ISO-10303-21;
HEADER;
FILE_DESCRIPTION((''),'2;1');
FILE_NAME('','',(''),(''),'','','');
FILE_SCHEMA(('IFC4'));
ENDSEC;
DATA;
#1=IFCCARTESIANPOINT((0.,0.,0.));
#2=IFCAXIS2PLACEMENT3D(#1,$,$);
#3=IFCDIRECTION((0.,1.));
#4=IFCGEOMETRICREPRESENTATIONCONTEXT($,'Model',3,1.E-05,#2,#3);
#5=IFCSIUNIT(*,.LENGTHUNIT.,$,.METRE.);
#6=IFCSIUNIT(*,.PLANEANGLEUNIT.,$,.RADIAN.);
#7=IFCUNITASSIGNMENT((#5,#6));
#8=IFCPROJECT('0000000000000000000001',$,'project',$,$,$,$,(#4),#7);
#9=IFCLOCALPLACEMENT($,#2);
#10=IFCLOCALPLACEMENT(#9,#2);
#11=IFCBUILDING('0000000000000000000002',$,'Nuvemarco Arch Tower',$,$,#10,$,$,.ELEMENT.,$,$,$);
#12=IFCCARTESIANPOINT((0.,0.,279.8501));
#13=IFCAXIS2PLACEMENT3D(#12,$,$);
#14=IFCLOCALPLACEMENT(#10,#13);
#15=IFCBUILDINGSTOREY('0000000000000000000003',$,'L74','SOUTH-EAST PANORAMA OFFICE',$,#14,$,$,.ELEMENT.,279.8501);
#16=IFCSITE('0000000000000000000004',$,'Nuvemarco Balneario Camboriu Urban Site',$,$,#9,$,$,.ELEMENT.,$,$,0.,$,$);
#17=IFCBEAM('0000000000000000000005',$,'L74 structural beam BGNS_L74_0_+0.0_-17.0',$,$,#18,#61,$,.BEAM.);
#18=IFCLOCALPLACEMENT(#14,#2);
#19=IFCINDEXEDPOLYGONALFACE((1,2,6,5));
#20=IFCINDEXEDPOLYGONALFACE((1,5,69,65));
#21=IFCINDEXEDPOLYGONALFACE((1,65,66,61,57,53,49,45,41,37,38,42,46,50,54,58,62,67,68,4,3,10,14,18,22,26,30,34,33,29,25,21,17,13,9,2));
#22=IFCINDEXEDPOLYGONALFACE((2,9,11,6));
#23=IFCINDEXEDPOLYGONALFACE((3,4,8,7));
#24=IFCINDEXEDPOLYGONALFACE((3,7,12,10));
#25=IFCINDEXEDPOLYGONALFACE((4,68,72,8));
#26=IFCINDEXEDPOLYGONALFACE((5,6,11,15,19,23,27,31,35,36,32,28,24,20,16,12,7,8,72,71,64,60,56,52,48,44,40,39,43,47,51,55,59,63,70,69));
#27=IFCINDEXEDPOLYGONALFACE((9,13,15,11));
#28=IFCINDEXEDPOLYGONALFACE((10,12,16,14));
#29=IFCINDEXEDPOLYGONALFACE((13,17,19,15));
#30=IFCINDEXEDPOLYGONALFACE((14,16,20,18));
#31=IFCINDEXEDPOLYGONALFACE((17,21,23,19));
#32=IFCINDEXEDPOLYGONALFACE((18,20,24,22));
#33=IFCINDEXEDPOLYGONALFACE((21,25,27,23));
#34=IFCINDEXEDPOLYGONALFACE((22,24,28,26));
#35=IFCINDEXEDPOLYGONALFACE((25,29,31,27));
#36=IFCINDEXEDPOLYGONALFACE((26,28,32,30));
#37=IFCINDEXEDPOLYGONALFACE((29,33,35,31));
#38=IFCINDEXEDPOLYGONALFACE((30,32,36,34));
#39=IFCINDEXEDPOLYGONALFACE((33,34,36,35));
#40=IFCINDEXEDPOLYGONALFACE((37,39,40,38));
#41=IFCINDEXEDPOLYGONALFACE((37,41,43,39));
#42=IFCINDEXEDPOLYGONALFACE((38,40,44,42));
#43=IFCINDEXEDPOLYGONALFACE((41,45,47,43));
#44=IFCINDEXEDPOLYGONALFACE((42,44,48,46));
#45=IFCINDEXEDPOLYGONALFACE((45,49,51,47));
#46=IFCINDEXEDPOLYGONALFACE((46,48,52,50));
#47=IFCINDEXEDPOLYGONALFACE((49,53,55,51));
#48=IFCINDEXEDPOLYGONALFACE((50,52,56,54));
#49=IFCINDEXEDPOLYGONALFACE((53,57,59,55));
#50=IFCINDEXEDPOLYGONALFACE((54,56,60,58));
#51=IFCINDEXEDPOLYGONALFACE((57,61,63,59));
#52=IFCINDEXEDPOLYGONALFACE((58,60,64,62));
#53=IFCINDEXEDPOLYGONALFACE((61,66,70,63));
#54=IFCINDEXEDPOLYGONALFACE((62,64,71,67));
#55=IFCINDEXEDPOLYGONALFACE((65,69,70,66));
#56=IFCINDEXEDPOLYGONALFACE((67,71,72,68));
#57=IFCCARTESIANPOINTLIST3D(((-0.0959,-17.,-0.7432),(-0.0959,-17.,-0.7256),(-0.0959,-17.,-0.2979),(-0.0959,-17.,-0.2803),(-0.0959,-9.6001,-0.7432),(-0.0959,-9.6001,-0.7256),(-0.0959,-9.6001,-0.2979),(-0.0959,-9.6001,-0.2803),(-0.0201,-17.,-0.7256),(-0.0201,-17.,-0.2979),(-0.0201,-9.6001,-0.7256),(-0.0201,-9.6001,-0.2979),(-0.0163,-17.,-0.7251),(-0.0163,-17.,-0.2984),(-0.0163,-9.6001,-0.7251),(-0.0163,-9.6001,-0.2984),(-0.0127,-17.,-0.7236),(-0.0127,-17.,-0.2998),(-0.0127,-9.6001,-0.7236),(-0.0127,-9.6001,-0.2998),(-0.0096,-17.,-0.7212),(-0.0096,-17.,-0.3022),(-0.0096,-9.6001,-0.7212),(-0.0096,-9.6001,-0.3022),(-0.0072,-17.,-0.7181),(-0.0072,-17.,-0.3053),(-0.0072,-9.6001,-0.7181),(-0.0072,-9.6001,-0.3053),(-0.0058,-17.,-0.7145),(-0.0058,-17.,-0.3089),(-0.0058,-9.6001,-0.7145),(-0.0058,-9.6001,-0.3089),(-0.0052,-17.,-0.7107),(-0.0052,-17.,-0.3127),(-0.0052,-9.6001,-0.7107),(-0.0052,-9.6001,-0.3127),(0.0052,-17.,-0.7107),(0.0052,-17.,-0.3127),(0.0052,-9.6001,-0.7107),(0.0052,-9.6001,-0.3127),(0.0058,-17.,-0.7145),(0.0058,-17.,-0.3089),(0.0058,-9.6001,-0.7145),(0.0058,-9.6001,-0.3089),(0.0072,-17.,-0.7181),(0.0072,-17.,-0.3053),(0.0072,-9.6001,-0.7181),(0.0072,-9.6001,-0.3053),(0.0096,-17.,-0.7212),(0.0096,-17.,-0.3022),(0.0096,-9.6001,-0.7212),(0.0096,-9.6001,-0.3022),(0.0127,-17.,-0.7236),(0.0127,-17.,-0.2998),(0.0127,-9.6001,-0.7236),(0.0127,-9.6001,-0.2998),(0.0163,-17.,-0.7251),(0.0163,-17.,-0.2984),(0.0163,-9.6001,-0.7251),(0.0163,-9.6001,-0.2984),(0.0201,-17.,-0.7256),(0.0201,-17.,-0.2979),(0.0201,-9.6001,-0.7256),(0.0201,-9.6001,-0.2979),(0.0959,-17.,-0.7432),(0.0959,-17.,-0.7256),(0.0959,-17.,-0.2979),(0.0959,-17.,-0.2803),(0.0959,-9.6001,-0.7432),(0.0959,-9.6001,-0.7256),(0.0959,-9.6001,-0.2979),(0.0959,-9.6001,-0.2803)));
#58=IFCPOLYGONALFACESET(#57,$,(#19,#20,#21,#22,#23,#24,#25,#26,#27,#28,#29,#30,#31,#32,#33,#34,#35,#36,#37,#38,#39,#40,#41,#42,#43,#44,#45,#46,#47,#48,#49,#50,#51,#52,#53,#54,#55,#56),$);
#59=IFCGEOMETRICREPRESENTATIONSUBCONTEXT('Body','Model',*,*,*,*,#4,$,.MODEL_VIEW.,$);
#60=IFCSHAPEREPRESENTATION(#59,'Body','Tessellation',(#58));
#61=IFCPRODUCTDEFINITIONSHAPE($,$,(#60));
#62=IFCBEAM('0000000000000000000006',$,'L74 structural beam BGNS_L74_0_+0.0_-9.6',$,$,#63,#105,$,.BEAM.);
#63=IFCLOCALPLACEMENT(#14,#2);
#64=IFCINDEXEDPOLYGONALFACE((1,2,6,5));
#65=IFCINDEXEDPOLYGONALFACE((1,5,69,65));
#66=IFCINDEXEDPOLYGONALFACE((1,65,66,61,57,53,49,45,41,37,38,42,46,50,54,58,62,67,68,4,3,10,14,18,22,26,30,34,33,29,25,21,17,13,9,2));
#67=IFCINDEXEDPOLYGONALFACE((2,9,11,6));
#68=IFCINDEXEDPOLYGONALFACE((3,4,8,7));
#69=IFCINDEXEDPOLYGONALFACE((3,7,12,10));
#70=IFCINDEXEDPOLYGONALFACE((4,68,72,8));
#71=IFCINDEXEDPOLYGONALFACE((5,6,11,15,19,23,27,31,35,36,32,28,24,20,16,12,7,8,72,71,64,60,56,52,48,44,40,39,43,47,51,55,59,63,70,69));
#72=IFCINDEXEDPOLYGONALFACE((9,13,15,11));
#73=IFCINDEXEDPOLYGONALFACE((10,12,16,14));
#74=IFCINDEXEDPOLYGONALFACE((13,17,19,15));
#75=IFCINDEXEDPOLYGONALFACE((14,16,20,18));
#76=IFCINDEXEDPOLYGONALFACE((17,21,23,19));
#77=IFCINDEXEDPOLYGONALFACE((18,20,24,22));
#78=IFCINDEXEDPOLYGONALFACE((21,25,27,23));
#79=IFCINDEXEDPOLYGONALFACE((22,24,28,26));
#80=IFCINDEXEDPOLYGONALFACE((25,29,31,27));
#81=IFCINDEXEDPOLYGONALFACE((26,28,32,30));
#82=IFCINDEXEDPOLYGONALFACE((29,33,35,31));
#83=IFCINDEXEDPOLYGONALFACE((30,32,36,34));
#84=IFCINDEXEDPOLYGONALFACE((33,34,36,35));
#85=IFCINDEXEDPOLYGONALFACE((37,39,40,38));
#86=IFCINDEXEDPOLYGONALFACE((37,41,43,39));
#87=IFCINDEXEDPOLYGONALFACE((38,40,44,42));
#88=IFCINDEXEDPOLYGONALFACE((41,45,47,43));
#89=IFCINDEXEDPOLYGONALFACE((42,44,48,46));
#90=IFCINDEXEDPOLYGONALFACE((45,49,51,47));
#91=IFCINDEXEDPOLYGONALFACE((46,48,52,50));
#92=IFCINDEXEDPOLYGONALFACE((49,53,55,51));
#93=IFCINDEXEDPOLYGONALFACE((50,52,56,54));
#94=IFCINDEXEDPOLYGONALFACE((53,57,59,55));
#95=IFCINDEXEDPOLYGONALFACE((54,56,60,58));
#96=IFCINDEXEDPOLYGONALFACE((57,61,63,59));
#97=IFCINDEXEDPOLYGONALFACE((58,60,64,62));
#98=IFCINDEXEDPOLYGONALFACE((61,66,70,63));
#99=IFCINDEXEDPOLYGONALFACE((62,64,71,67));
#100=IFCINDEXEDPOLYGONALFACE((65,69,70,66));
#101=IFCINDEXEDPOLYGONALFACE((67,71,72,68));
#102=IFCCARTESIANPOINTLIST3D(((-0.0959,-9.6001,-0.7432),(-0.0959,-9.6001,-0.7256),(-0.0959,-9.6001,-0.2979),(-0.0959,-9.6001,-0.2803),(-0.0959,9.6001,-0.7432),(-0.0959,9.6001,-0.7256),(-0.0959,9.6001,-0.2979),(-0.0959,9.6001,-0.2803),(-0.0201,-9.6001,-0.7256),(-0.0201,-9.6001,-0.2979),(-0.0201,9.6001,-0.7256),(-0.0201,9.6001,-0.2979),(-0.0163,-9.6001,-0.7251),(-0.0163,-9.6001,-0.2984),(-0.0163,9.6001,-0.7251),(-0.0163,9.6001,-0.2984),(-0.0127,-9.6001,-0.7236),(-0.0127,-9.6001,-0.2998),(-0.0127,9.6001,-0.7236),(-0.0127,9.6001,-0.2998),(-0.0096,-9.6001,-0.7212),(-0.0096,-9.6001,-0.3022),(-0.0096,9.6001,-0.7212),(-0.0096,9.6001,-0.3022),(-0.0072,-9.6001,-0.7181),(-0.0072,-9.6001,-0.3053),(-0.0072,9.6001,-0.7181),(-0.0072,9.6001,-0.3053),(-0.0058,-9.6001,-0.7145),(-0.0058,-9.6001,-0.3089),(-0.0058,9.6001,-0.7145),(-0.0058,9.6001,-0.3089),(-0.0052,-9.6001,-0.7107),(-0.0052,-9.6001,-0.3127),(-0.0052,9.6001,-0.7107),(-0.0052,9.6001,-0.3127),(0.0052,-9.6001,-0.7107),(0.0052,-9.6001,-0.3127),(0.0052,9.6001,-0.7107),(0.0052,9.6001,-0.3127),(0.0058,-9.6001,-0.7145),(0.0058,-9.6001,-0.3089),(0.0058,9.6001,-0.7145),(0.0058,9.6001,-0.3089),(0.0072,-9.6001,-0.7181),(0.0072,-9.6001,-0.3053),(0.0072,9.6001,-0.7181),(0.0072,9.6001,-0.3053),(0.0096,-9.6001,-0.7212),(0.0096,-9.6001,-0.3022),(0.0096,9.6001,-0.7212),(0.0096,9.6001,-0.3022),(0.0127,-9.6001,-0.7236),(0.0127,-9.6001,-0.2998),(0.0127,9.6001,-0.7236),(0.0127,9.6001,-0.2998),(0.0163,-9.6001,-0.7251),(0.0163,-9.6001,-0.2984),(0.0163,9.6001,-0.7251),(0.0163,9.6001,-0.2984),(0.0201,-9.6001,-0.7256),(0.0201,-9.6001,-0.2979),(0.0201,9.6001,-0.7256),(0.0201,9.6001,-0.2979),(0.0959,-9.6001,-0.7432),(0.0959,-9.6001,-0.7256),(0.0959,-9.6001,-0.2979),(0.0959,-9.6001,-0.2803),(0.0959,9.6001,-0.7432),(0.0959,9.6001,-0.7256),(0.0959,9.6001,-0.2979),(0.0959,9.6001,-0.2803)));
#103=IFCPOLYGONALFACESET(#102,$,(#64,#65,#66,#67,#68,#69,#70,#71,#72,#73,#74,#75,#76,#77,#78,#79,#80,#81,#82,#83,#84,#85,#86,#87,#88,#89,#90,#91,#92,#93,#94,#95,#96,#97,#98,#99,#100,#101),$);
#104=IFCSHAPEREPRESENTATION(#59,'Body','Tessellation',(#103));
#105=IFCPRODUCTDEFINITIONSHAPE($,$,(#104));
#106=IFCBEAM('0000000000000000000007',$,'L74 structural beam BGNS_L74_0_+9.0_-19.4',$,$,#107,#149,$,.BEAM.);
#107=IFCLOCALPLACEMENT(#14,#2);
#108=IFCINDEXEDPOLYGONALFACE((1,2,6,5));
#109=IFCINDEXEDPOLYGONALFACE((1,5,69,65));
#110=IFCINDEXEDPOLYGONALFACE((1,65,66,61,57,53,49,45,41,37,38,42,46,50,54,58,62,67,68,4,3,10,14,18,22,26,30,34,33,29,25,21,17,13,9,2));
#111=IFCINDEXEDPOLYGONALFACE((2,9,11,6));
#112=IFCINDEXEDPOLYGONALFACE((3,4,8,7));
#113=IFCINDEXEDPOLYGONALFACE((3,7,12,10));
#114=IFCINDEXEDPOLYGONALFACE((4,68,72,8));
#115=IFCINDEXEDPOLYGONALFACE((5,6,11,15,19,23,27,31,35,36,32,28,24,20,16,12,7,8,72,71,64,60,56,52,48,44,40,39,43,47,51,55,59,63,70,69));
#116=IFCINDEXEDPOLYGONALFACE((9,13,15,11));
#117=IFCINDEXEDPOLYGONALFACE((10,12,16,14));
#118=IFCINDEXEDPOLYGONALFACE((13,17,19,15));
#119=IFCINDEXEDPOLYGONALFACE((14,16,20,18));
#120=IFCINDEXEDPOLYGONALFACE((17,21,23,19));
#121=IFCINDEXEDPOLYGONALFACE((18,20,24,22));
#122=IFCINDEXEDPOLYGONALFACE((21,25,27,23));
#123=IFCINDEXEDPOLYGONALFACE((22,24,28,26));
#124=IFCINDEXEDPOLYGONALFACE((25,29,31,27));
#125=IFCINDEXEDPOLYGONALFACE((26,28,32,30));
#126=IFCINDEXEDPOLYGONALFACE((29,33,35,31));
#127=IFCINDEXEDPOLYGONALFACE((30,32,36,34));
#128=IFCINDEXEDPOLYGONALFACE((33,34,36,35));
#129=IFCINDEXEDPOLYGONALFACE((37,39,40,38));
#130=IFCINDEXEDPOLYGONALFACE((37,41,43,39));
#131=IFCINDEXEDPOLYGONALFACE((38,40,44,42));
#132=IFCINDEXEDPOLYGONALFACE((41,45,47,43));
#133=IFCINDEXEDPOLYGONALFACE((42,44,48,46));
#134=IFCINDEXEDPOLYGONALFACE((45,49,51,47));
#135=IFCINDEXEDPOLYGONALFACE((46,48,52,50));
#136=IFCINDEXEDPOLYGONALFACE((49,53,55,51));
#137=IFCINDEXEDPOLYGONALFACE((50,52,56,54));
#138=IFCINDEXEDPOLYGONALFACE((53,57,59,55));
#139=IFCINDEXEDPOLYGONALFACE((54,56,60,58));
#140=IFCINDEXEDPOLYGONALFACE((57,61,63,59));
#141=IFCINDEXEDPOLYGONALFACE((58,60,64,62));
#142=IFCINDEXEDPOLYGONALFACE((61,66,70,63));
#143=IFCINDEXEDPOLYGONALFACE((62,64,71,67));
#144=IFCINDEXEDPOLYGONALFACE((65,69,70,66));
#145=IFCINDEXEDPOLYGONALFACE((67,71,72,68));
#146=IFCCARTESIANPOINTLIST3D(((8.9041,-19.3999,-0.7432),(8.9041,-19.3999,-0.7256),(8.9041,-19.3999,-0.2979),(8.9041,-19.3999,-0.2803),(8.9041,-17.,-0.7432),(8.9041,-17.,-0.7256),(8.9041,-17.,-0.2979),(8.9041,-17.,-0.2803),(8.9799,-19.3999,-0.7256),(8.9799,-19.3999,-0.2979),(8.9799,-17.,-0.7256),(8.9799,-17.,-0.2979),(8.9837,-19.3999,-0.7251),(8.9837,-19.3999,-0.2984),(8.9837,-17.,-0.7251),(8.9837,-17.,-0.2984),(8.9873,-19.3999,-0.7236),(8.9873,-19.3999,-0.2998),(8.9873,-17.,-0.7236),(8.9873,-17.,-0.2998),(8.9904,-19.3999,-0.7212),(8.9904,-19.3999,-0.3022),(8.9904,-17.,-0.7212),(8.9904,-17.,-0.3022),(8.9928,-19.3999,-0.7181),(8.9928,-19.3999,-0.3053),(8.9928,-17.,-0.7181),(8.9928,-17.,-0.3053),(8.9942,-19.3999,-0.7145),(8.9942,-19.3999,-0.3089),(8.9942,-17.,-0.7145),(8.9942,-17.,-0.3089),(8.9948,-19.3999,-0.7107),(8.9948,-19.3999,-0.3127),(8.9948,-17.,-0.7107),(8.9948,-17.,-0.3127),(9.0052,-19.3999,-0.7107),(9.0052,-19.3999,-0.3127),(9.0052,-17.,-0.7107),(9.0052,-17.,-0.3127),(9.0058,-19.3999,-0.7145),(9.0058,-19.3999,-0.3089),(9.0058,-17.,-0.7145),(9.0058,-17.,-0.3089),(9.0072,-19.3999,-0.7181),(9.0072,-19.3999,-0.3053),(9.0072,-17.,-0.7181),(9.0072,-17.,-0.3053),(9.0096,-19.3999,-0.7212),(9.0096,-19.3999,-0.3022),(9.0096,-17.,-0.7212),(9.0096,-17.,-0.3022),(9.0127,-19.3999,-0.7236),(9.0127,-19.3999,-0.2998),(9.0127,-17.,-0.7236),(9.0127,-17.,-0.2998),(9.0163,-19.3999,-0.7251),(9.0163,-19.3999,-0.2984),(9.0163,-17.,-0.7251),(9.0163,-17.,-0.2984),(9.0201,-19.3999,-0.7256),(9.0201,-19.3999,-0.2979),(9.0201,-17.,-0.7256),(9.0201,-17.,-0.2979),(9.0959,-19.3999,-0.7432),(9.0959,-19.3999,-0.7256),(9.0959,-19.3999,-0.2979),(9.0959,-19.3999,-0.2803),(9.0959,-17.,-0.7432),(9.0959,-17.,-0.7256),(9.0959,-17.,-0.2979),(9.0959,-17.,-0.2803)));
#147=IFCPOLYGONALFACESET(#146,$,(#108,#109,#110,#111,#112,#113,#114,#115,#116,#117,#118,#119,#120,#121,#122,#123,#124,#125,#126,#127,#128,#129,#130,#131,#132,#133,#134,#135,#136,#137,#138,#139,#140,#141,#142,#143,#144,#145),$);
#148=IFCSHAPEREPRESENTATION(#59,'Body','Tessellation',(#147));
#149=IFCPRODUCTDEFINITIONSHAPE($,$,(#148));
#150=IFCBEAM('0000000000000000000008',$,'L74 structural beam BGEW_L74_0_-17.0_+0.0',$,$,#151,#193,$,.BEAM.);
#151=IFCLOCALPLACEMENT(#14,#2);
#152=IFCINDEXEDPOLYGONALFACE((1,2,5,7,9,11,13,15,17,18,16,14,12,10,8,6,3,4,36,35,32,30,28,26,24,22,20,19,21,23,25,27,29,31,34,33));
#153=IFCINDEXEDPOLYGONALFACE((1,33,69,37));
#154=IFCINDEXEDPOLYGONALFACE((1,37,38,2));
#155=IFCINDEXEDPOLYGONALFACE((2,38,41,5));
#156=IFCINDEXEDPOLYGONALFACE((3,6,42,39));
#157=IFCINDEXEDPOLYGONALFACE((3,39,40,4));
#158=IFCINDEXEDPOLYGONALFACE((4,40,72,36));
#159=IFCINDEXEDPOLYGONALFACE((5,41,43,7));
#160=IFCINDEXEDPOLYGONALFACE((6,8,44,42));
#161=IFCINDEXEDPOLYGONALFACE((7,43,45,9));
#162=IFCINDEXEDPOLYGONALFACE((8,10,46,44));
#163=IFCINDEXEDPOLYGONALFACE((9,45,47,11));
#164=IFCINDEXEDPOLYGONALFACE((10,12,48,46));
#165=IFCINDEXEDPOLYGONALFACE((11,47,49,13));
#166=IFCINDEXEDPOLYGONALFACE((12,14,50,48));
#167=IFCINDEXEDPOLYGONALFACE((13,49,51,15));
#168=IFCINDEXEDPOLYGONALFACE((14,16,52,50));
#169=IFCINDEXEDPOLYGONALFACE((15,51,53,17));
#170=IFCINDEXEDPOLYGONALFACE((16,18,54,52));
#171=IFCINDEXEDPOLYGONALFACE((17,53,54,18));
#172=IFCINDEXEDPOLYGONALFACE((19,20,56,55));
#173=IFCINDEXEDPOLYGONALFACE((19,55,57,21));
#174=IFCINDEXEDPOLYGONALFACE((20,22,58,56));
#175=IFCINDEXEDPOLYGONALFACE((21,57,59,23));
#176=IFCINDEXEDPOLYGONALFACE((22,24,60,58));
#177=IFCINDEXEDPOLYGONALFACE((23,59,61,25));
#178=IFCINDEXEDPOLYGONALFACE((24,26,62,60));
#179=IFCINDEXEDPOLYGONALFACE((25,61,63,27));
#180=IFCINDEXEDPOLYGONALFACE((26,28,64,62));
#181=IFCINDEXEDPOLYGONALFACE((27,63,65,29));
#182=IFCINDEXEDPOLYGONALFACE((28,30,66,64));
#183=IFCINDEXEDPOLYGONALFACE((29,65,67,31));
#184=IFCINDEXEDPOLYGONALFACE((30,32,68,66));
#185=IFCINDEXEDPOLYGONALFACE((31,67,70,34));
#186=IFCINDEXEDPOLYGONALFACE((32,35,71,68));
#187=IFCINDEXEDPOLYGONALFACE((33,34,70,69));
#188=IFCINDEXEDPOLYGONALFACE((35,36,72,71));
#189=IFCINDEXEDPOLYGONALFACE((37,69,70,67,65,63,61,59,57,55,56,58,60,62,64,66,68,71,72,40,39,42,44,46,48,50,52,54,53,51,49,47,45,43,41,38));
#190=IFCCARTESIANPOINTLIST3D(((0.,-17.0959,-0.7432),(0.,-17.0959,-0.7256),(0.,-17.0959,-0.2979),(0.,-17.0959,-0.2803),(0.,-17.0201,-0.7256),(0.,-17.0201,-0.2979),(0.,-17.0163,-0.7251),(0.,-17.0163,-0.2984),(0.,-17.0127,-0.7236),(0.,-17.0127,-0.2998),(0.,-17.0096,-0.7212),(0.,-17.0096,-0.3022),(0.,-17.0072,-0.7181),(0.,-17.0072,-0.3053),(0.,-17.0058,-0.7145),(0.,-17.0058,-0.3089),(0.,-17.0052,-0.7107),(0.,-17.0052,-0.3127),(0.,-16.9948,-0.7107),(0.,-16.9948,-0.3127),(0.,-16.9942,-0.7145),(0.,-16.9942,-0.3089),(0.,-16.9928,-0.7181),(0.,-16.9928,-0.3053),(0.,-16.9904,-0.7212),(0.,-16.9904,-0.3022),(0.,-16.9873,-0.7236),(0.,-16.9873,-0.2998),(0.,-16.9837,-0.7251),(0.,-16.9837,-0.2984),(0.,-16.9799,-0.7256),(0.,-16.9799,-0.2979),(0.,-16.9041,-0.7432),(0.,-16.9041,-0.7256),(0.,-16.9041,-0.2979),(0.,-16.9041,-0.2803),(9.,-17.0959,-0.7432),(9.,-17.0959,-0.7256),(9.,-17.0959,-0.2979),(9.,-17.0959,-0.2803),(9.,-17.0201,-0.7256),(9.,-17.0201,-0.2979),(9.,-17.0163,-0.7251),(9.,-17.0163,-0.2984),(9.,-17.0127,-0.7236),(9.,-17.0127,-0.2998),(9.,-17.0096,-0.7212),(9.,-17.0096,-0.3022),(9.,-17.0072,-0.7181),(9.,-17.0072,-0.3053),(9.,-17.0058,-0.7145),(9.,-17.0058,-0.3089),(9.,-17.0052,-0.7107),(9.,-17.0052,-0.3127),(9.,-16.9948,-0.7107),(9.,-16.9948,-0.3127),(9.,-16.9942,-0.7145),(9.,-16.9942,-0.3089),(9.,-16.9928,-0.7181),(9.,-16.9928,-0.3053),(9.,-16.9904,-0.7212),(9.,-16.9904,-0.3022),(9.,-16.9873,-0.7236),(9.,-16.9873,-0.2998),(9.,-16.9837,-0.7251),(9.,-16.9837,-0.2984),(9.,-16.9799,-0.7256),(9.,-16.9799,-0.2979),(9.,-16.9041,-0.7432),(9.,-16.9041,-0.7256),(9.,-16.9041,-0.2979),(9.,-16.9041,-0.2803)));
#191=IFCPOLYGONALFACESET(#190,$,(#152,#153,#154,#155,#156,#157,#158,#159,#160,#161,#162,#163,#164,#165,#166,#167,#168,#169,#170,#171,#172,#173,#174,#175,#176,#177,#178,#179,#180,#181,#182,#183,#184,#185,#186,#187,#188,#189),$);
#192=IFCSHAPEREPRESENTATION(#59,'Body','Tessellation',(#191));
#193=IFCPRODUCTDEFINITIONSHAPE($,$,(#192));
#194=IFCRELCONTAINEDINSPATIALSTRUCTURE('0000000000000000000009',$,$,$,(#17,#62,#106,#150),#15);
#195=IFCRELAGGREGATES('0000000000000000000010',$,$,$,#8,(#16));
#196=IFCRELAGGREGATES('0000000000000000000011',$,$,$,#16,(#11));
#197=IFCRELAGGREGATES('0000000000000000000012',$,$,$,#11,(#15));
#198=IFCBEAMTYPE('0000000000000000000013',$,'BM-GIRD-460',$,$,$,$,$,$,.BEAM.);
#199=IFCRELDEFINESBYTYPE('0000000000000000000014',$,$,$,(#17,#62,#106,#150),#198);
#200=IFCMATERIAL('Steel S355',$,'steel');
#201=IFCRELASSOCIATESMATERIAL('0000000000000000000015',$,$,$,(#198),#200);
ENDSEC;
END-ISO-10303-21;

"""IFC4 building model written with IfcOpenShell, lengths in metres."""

from ifc_helpers import new_model, si_unit, direction, frame, origin, origin_2d, place, context, subcontext, project, spatial, i_section, extrude, material, material_profile, profile_set, type_object, element, save


model = new_model("IFC4")

# Units and contexts
model_context = context("Model", 3, precision=1e-05, world=origin(), true_north=direction((0.0, 1.0)))
body_context = subcontext(model_context, "Body", "Model", "MODEL_VIEW")
ifc_project = project(units=[si_unit("LENGTHUNIT", "METRE"), si_unit("PLANEANGLEUNIT", "RADIAN")], contexts=[model_context])

# Site, building, storey
site_placement = place(None, origin())
site = spatial("IfcSite", under=ifc_project, at=site_placement, Name="Nuvemarco Balneario Camboriu Urban Site", CompositionType="ELEMENT", RefElevation=0.0)
building_placement = place(site_placement, origin())
building = spatial("IfcBuilding", under=site, at=building_placement, Name="Nuvemarco Arch Tower", CompositionType="ELEMENT")
storey_placement = place(building_placement, frame((0.0, 0.0, 279.8501)))
storey = spatial("IfcBuildingStorey", under=building, at=storey_placement, Name="L74", Description="SOUTH-EAST PANORAMA OFFICE", CompositionType="ELEMENT", Elevation=279.8501)

# Shared definitions
ifc_material_1 = material(Name="Steel S355", Category="steel")

# Beams
ifc_material_profile_1 = material_profile(ifc_material_1, i_section(OverallWidth=0.1919, OverallDepth=0.4629, WebThickness=0.0105, FlangeThickness=0.0176, FilletRadius=0.0149, at=origin_2d()), Name="W460x89")
ifc_profile_set_1 = profile_set([ifc_material_profile_1], Name="Steel S355")
beam_type_1 = type_object("IfcBeamType", Name="BM-GIRD-460", PredefinedType="BEAM", material=ifc_profile_set_1)
beam_1_placement = place(storey_placement, frame((0.0, -17.0, -0.5117), z_axis=(0.0, 1.0, 0.0), x_axis=(-1.0, 0.0, 0.0)))
element("IfcBeam", 1, at=beam_1_placement, inside=storey, type_object=beam_type_1, Name="L74 structural beam BGNS_L74_0_+0.0_-17.0", PredefinedType="BEAM", context=body_context, shape_type="SweptSolid", body=[
    extrude(i_section(OverallWidth=0.1919, OverallDepth=0.4629, WebThickness=0.0105, FlangeThickness=0.0176, FilletRadius=0.0149, at=origin_2d()), origin(), (0.0, 0.0, 1.0), 7.3999),
])
beam_2_placement = place(storey_placement, frame((0.0, -9.6001, -0.5117), z_axis=(0.0, 1.0, 0.0), x_axis=(-1.0, 0.0, 0.0)))
element("IfcBeam", 2, at=beam_2_placement, inside=storey, type_object=beam_type_1, Name="L74 structural beam BGNS_L74_0_+0.0_-9.6", PredefinedType="BEAM", context=body_context, shape_type="SweptSolid", body=[
    extrude(i_section(OverallWidth=0.1919, OverallDepth=0.4629, WebThickness=0.0105, FlangeThickness=0.0176, FilletRadius=0.0149, at=origin_2d()), origin(), (0.0, 0.0, 1.0), 19.2002),
])
beam_3_placement = place(storey_placement, frame((9.0, -19.3999, -0.5117), z_axis=(0.0, 1.0, 0.0), x_axis=(-1.0, 0.0, 0.0)))
element("IfcBeam", 3, at=beam_3_placement, inside=storey, type_object=beam_type_1, Name="L74 structural beam BGNS_L74_0_+9.0_-19.4", PredefinedType="BEAM", context=body_context, shape_type="SweptSolid", body=[
    extrude(i_section(OverallWidth=0.1919, OverallDepth=0.4629, WebThickness=0.0105, FlangeThickness=0.0176, FilletRadius=0.0149, at=origin_2d()), origin(), (0.0, 0.0, 1.0), 2.3999),
])
beam_4_placement = place(storey_placement, frame((0.0, -17.0, -0.5117), z_axis=(1.0, 0.0, 0.0), x_axis=(0.0, 1.0, 0.0)))
element("IfcBeam", 4, at=beam_4_placement, inside=storey, type_object=beam_type_1, Name="L74 structural beam BGEW_L74_0_-17.0_+0.0", PredefinedType="BEAM", context=body_context, shape_type="SweptSolid", body=[
    extrude(i_section(OverallWidth=0.1919, OverallDepth=0.4629, WebThickness=0.0105, FlangeThickness=0.0176, FilletRadius=0.0149, at=origin_2d()), origin(), (0.0, 0.0, 1.0), 9.0),
])

save(model, "model.ifc")
